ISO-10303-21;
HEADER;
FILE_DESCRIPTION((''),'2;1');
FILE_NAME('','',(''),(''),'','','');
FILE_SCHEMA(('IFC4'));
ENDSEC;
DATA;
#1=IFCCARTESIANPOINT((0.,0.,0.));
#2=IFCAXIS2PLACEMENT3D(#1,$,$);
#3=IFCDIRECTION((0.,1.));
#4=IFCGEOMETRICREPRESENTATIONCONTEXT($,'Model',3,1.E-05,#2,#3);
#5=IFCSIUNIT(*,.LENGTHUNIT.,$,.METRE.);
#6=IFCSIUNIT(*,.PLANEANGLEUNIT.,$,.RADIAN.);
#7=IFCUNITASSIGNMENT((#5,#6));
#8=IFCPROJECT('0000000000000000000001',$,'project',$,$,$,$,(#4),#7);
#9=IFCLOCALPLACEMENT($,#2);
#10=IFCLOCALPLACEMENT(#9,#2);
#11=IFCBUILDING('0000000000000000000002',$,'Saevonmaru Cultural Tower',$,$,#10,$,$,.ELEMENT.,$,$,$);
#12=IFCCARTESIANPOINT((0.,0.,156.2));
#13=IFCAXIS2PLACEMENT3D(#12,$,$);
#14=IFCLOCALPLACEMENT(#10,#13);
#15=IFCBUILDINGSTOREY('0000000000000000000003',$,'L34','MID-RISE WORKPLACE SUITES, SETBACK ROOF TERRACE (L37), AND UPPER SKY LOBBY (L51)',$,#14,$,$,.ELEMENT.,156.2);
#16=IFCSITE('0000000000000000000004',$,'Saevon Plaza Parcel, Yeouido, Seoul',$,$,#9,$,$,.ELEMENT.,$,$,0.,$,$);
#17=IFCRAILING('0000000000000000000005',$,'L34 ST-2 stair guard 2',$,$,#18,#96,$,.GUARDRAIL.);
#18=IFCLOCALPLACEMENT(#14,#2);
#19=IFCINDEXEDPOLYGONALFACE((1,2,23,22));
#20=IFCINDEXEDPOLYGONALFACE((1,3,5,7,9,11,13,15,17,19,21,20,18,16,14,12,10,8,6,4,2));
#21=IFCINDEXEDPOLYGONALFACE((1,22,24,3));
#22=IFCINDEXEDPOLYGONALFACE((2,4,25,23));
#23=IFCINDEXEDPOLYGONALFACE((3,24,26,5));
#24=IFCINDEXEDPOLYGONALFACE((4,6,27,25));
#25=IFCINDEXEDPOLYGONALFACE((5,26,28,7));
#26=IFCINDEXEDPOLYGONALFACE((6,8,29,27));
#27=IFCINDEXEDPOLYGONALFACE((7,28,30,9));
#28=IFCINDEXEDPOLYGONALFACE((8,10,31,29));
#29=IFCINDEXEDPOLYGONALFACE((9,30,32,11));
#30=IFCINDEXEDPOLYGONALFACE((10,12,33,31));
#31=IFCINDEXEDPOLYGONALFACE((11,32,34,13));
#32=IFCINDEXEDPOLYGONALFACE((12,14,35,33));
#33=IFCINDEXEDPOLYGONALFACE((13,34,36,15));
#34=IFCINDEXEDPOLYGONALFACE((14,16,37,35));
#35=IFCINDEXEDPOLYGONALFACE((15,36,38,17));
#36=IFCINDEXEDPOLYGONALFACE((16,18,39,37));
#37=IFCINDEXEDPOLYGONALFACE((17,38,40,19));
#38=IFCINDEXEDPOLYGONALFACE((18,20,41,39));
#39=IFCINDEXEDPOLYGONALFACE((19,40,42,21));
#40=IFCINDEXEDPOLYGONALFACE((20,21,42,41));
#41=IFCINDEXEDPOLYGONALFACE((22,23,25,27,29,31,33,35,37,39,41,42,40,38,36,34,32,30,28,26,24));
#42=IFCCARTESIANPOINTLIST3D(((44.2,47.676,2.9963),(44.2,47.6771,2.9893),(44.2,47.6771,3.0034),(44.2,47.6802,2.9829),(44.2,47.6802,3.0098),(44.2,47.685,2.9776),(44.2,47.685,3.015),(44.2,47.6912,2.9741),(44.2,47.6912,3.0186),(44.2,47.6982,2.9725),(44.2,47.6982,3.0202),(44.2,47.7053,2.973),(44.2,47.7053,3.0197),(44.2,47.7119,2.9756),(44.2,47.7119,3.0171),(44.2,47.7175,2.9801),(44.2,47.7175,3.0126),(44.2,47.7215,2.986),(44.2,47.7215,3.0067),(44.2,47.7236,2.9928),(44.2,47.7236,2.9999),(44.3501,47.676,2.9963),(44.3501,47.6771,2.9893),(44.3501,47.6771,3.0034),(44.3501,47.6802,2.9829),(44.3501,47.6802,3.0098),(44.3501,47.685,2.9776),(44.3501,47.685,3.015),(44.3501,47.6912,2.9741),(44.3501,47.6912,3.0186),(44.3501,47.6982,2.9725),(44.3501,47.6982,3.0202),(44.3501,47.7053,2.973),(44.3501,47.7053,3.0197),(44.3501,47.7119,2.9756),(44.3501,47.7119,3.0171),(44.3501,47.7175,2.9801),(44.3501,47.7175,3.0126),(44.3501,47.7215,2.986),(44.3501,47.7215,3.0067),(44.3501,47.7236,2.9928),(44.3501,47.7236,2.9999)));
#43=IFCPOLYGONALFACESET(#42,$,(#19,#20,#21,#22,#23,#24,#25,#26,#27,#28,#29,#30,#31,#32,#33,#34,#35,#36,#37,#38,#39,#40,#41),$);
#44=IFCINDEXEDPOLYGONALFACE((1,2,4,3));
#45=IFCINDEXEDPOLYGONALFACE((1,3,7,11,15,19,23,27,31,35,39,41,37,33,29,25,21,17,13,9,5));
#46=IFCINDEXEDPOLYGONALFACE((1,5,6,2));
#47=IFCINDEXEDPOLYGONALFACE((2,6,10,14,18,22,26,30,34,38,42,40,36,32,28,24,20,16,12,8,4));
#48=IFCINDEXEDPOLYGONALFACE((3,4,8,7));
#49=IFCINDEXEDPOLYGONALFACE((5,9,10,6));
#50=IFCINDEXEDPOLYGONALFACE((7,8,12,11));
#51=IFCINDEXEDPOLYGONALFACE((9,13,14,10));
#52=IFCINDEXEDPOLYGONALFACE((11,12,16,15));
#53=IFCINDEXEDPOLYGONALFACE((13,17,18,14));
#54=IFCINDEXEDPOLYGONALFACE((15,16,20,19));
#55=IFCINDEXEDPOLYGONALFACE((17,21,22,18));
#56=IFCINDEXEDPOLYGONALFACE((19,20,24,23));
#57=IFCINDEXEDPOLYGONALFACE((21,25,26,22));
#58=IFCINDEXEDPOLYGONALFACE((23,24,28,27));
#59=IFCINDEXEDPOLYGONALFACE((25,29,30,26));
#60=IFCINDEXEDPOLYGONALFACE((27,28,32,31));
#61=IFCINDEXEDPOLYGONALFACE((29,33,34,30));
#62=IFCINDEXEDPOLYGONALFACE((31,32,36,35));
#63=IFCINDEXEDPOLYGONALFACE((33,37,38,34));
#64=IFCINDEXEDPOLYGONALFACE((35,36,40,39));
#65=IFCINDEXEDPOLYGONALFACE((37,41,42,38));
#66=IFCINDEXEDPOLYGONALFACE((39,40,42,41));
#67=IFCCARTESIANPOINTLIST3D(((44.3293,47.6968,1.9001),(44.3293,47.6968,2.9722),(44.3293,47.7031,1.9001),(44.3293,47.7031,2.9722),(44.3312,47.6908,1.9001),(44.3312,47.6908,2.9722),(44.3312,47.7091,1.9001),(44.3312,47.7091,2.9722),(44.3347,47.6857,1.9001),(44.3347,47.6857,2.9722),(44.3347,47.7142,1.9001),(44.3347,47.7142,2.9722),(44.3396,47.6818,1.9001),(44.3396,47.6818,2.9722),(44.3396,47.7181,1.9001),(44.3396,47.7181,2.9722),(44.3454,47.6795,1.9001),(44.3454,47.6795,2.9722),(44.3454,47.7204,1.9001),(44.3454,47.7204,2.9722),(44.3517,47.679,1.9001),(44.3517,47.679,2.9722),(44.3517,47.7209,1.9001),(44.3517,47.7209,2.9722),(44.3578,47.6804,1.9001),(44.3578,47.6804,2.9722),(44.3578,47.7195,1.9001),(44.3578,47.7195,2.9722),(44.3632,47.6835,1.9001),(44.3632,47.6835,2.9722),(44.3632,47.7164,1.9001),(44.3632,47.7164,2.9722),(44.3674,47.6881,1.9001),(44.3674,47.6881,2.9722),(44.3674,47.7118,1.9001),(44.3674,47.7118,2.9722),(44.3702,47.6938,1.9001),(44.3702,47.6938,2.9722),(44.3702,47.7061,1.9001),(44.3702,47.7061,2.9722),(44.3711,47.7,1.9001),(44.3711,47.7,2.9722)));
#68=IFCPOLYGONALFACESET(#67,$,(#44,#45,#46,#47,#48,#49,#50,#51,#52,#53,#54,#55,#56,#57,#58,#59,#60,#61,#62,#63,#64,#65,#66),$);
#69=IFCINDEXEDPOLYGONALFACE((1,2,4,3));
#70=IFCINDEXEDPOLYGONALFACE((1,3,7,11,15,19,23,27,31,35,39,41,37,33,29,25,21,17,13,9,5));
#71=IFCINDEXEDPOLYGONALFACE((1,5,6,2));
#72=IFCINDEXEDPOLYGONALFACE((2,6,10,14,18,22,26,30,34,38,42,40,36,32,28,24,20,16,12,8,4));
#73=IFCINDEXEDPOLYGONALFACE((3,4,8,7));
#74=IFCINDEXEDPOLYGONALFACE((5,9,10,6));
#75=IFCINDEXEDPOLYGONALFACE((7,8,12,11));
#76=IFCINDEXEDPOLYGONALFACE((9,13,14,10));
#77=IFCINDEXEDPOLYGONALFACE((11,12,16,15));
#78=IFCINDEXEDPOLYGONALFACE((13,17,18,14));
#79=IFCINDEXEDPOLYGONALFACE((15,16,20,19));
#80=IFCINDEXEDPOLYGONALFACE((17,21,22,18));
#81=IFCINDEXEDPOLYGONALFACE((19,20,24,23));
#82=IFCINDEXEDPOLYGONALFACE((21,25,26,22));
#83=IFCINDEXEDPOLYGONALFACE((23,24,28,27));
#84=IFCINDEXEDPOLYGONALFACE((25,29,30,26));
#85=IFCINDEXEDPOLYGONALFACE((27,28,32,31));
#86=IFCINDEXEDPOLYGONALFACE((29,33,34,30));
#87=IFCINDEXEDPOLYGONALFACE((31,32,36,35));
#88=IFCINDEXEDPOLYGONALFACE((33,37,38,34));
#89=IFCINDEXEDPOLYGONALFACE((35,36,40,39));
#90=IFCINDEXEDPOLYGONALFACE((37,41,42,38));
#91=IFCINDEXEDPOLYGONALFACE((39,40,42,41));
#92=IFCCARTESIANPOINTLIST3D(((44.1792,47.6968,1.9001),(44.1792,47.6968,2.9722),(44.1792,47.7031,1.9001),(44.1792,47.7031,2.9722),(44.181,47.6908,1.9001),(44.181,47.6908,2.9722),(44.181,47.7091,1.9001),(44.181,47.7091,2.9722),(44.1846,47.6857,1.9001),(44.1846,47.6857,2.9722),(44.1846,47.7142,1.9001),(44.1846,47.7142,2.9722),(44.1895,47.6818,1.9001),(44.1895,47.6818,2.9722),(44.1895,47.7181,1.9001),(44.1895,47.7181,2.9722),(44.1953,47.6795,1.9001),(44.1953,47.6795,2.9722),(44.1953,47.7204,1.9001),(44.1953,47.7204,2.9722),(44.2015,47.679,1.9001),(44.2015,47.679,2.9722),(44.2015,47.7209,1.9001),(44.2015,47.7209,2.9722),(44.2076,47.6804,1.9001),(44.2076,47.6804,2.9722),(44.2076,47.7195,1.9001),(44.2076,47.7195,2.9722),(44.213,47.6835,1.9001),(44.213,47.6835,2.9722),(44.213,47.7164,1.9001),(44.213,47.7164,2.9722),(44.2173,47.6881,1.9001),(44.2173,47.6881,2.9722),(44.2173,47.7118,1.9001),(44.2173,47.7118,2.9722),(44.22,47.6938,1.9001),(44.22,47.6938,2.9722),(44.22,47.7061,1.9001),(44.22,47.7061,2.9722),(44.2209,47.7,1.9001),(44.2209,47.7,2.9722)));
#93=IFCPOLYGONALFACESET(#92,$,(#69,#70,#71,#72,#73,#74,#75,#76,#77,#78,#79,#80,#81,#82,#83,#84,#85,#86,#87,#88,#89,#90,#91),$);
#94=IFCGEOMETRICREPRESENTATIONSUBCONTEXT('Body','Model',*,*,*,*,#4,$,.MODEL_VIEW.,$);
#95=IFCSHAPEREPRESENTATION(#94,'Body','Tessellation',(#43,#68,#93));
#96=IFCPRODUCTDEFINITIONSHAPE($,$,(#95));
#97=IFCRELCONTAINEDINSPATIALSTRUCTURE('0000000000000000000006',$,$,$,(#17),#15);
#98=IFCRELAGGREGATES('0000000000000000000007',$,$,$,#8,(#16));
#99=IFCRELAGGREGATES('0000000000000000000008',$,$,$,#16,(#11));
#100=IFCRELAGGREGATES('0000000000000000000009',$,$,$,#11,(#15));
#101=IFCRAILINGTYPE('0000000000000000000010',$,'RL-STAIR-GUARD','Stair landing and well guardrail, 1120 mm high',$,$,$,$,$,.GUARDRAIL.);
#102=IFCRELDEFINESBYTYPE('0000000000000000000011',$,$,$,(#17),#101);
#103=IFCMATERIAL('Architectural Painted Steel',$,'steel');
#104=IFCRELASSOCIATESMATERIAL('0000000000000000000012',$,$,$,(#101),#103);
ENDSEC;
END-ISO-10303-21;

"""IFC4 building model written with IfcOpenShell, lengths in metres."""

from ifc_helpers import new_model, si_unit, direction, frame, origin, origin_2d, place, context, subcontext, project, spatial, circle, extrude, material, type_object, element, save


model = new_model("IFC4")

# Units and contexts
model_context = context("Model", 3, precision=1e-05, world=origin(), true_north=direction((0.0, 1.0)))
body_context = subcontext(model_context, "Body", "Model", "MODEL_VIEW")
ifc_project = project(units=[si_unit("LENGTHUNIT", "METRE"), si_unit("PLANEANGLEUNIT", "RADIAN")], contexts=[model_context])

# Site, building, storey
site_placement = place(None, origin())
site = spatial("IfcSite", under=ifc_project, at=site_placement, Name="Saevon Plaza Parcel, Yeouido, Seoul", CompositionType="ELEMENT", RefElevation=0.0)
building_placement = place(site_placement, origin())
building = spatial("IfcBuilding", under=site, at=building_placement, Name="Saevonmaru Cultural Tower", CompositionType="ELEMENT")
storey_placement = place(building_placement, frame((0.0, 0.0, 156.2)))
storey = spatial("IfcBuildingStorey", under=building, at=storey_placement, Name="L34", Description="MID-RISE WORKPLACE SUITES, SETBACK ROOF TERRACE (L37), AND UPPER SKY LOBBY (L51)", CompositionType="ELEMENT", Elevation=156.2)

# Railing
ifc_material_1 = material(Name="Architectural Painted Steel", Category="steel")
railing_type_1 = type_object("IfcRailingType", Name="RL-STAIR-GUARD", Description="Stair landing and well guardrail, 1120 mm high", PredefinedType="GUARDRAIL", material=ifc_material_1)
railing_1_placement = place(storey_placement, frame((44.3501, 47.7, 1.9001)))
element("IfcRailing", 1, at=railing_1_placement, inside=storey, type_object=railing_type_1, Name="L34 ST-2 stair guard 2", PredefinedType="GUARDRAIL", context=body_context, shape_type="SweptSolid", body=[
    extrude(circle(Radius=0.0239, at=origin_2d()), frame((0.0, 0.0, 1.0962), z_axis=(-1.0, 0.0, 0.0), x_axis=(0.0, -1.0, 0.0)), (0.0, 0.0, 1.0), 0.1501),
    extrude(circle(Radius=0.021, at=origin_2d()), origin(), (0.0, 0.0, 1.0), 1.072),
    extrude(circle(Radius=0.021, at=origin_2d()), frame((-0.1501, 0.0, 0.0)), (0.0, 0.0, 1.0), 1.072),
])

save(model, "model.ifc")
